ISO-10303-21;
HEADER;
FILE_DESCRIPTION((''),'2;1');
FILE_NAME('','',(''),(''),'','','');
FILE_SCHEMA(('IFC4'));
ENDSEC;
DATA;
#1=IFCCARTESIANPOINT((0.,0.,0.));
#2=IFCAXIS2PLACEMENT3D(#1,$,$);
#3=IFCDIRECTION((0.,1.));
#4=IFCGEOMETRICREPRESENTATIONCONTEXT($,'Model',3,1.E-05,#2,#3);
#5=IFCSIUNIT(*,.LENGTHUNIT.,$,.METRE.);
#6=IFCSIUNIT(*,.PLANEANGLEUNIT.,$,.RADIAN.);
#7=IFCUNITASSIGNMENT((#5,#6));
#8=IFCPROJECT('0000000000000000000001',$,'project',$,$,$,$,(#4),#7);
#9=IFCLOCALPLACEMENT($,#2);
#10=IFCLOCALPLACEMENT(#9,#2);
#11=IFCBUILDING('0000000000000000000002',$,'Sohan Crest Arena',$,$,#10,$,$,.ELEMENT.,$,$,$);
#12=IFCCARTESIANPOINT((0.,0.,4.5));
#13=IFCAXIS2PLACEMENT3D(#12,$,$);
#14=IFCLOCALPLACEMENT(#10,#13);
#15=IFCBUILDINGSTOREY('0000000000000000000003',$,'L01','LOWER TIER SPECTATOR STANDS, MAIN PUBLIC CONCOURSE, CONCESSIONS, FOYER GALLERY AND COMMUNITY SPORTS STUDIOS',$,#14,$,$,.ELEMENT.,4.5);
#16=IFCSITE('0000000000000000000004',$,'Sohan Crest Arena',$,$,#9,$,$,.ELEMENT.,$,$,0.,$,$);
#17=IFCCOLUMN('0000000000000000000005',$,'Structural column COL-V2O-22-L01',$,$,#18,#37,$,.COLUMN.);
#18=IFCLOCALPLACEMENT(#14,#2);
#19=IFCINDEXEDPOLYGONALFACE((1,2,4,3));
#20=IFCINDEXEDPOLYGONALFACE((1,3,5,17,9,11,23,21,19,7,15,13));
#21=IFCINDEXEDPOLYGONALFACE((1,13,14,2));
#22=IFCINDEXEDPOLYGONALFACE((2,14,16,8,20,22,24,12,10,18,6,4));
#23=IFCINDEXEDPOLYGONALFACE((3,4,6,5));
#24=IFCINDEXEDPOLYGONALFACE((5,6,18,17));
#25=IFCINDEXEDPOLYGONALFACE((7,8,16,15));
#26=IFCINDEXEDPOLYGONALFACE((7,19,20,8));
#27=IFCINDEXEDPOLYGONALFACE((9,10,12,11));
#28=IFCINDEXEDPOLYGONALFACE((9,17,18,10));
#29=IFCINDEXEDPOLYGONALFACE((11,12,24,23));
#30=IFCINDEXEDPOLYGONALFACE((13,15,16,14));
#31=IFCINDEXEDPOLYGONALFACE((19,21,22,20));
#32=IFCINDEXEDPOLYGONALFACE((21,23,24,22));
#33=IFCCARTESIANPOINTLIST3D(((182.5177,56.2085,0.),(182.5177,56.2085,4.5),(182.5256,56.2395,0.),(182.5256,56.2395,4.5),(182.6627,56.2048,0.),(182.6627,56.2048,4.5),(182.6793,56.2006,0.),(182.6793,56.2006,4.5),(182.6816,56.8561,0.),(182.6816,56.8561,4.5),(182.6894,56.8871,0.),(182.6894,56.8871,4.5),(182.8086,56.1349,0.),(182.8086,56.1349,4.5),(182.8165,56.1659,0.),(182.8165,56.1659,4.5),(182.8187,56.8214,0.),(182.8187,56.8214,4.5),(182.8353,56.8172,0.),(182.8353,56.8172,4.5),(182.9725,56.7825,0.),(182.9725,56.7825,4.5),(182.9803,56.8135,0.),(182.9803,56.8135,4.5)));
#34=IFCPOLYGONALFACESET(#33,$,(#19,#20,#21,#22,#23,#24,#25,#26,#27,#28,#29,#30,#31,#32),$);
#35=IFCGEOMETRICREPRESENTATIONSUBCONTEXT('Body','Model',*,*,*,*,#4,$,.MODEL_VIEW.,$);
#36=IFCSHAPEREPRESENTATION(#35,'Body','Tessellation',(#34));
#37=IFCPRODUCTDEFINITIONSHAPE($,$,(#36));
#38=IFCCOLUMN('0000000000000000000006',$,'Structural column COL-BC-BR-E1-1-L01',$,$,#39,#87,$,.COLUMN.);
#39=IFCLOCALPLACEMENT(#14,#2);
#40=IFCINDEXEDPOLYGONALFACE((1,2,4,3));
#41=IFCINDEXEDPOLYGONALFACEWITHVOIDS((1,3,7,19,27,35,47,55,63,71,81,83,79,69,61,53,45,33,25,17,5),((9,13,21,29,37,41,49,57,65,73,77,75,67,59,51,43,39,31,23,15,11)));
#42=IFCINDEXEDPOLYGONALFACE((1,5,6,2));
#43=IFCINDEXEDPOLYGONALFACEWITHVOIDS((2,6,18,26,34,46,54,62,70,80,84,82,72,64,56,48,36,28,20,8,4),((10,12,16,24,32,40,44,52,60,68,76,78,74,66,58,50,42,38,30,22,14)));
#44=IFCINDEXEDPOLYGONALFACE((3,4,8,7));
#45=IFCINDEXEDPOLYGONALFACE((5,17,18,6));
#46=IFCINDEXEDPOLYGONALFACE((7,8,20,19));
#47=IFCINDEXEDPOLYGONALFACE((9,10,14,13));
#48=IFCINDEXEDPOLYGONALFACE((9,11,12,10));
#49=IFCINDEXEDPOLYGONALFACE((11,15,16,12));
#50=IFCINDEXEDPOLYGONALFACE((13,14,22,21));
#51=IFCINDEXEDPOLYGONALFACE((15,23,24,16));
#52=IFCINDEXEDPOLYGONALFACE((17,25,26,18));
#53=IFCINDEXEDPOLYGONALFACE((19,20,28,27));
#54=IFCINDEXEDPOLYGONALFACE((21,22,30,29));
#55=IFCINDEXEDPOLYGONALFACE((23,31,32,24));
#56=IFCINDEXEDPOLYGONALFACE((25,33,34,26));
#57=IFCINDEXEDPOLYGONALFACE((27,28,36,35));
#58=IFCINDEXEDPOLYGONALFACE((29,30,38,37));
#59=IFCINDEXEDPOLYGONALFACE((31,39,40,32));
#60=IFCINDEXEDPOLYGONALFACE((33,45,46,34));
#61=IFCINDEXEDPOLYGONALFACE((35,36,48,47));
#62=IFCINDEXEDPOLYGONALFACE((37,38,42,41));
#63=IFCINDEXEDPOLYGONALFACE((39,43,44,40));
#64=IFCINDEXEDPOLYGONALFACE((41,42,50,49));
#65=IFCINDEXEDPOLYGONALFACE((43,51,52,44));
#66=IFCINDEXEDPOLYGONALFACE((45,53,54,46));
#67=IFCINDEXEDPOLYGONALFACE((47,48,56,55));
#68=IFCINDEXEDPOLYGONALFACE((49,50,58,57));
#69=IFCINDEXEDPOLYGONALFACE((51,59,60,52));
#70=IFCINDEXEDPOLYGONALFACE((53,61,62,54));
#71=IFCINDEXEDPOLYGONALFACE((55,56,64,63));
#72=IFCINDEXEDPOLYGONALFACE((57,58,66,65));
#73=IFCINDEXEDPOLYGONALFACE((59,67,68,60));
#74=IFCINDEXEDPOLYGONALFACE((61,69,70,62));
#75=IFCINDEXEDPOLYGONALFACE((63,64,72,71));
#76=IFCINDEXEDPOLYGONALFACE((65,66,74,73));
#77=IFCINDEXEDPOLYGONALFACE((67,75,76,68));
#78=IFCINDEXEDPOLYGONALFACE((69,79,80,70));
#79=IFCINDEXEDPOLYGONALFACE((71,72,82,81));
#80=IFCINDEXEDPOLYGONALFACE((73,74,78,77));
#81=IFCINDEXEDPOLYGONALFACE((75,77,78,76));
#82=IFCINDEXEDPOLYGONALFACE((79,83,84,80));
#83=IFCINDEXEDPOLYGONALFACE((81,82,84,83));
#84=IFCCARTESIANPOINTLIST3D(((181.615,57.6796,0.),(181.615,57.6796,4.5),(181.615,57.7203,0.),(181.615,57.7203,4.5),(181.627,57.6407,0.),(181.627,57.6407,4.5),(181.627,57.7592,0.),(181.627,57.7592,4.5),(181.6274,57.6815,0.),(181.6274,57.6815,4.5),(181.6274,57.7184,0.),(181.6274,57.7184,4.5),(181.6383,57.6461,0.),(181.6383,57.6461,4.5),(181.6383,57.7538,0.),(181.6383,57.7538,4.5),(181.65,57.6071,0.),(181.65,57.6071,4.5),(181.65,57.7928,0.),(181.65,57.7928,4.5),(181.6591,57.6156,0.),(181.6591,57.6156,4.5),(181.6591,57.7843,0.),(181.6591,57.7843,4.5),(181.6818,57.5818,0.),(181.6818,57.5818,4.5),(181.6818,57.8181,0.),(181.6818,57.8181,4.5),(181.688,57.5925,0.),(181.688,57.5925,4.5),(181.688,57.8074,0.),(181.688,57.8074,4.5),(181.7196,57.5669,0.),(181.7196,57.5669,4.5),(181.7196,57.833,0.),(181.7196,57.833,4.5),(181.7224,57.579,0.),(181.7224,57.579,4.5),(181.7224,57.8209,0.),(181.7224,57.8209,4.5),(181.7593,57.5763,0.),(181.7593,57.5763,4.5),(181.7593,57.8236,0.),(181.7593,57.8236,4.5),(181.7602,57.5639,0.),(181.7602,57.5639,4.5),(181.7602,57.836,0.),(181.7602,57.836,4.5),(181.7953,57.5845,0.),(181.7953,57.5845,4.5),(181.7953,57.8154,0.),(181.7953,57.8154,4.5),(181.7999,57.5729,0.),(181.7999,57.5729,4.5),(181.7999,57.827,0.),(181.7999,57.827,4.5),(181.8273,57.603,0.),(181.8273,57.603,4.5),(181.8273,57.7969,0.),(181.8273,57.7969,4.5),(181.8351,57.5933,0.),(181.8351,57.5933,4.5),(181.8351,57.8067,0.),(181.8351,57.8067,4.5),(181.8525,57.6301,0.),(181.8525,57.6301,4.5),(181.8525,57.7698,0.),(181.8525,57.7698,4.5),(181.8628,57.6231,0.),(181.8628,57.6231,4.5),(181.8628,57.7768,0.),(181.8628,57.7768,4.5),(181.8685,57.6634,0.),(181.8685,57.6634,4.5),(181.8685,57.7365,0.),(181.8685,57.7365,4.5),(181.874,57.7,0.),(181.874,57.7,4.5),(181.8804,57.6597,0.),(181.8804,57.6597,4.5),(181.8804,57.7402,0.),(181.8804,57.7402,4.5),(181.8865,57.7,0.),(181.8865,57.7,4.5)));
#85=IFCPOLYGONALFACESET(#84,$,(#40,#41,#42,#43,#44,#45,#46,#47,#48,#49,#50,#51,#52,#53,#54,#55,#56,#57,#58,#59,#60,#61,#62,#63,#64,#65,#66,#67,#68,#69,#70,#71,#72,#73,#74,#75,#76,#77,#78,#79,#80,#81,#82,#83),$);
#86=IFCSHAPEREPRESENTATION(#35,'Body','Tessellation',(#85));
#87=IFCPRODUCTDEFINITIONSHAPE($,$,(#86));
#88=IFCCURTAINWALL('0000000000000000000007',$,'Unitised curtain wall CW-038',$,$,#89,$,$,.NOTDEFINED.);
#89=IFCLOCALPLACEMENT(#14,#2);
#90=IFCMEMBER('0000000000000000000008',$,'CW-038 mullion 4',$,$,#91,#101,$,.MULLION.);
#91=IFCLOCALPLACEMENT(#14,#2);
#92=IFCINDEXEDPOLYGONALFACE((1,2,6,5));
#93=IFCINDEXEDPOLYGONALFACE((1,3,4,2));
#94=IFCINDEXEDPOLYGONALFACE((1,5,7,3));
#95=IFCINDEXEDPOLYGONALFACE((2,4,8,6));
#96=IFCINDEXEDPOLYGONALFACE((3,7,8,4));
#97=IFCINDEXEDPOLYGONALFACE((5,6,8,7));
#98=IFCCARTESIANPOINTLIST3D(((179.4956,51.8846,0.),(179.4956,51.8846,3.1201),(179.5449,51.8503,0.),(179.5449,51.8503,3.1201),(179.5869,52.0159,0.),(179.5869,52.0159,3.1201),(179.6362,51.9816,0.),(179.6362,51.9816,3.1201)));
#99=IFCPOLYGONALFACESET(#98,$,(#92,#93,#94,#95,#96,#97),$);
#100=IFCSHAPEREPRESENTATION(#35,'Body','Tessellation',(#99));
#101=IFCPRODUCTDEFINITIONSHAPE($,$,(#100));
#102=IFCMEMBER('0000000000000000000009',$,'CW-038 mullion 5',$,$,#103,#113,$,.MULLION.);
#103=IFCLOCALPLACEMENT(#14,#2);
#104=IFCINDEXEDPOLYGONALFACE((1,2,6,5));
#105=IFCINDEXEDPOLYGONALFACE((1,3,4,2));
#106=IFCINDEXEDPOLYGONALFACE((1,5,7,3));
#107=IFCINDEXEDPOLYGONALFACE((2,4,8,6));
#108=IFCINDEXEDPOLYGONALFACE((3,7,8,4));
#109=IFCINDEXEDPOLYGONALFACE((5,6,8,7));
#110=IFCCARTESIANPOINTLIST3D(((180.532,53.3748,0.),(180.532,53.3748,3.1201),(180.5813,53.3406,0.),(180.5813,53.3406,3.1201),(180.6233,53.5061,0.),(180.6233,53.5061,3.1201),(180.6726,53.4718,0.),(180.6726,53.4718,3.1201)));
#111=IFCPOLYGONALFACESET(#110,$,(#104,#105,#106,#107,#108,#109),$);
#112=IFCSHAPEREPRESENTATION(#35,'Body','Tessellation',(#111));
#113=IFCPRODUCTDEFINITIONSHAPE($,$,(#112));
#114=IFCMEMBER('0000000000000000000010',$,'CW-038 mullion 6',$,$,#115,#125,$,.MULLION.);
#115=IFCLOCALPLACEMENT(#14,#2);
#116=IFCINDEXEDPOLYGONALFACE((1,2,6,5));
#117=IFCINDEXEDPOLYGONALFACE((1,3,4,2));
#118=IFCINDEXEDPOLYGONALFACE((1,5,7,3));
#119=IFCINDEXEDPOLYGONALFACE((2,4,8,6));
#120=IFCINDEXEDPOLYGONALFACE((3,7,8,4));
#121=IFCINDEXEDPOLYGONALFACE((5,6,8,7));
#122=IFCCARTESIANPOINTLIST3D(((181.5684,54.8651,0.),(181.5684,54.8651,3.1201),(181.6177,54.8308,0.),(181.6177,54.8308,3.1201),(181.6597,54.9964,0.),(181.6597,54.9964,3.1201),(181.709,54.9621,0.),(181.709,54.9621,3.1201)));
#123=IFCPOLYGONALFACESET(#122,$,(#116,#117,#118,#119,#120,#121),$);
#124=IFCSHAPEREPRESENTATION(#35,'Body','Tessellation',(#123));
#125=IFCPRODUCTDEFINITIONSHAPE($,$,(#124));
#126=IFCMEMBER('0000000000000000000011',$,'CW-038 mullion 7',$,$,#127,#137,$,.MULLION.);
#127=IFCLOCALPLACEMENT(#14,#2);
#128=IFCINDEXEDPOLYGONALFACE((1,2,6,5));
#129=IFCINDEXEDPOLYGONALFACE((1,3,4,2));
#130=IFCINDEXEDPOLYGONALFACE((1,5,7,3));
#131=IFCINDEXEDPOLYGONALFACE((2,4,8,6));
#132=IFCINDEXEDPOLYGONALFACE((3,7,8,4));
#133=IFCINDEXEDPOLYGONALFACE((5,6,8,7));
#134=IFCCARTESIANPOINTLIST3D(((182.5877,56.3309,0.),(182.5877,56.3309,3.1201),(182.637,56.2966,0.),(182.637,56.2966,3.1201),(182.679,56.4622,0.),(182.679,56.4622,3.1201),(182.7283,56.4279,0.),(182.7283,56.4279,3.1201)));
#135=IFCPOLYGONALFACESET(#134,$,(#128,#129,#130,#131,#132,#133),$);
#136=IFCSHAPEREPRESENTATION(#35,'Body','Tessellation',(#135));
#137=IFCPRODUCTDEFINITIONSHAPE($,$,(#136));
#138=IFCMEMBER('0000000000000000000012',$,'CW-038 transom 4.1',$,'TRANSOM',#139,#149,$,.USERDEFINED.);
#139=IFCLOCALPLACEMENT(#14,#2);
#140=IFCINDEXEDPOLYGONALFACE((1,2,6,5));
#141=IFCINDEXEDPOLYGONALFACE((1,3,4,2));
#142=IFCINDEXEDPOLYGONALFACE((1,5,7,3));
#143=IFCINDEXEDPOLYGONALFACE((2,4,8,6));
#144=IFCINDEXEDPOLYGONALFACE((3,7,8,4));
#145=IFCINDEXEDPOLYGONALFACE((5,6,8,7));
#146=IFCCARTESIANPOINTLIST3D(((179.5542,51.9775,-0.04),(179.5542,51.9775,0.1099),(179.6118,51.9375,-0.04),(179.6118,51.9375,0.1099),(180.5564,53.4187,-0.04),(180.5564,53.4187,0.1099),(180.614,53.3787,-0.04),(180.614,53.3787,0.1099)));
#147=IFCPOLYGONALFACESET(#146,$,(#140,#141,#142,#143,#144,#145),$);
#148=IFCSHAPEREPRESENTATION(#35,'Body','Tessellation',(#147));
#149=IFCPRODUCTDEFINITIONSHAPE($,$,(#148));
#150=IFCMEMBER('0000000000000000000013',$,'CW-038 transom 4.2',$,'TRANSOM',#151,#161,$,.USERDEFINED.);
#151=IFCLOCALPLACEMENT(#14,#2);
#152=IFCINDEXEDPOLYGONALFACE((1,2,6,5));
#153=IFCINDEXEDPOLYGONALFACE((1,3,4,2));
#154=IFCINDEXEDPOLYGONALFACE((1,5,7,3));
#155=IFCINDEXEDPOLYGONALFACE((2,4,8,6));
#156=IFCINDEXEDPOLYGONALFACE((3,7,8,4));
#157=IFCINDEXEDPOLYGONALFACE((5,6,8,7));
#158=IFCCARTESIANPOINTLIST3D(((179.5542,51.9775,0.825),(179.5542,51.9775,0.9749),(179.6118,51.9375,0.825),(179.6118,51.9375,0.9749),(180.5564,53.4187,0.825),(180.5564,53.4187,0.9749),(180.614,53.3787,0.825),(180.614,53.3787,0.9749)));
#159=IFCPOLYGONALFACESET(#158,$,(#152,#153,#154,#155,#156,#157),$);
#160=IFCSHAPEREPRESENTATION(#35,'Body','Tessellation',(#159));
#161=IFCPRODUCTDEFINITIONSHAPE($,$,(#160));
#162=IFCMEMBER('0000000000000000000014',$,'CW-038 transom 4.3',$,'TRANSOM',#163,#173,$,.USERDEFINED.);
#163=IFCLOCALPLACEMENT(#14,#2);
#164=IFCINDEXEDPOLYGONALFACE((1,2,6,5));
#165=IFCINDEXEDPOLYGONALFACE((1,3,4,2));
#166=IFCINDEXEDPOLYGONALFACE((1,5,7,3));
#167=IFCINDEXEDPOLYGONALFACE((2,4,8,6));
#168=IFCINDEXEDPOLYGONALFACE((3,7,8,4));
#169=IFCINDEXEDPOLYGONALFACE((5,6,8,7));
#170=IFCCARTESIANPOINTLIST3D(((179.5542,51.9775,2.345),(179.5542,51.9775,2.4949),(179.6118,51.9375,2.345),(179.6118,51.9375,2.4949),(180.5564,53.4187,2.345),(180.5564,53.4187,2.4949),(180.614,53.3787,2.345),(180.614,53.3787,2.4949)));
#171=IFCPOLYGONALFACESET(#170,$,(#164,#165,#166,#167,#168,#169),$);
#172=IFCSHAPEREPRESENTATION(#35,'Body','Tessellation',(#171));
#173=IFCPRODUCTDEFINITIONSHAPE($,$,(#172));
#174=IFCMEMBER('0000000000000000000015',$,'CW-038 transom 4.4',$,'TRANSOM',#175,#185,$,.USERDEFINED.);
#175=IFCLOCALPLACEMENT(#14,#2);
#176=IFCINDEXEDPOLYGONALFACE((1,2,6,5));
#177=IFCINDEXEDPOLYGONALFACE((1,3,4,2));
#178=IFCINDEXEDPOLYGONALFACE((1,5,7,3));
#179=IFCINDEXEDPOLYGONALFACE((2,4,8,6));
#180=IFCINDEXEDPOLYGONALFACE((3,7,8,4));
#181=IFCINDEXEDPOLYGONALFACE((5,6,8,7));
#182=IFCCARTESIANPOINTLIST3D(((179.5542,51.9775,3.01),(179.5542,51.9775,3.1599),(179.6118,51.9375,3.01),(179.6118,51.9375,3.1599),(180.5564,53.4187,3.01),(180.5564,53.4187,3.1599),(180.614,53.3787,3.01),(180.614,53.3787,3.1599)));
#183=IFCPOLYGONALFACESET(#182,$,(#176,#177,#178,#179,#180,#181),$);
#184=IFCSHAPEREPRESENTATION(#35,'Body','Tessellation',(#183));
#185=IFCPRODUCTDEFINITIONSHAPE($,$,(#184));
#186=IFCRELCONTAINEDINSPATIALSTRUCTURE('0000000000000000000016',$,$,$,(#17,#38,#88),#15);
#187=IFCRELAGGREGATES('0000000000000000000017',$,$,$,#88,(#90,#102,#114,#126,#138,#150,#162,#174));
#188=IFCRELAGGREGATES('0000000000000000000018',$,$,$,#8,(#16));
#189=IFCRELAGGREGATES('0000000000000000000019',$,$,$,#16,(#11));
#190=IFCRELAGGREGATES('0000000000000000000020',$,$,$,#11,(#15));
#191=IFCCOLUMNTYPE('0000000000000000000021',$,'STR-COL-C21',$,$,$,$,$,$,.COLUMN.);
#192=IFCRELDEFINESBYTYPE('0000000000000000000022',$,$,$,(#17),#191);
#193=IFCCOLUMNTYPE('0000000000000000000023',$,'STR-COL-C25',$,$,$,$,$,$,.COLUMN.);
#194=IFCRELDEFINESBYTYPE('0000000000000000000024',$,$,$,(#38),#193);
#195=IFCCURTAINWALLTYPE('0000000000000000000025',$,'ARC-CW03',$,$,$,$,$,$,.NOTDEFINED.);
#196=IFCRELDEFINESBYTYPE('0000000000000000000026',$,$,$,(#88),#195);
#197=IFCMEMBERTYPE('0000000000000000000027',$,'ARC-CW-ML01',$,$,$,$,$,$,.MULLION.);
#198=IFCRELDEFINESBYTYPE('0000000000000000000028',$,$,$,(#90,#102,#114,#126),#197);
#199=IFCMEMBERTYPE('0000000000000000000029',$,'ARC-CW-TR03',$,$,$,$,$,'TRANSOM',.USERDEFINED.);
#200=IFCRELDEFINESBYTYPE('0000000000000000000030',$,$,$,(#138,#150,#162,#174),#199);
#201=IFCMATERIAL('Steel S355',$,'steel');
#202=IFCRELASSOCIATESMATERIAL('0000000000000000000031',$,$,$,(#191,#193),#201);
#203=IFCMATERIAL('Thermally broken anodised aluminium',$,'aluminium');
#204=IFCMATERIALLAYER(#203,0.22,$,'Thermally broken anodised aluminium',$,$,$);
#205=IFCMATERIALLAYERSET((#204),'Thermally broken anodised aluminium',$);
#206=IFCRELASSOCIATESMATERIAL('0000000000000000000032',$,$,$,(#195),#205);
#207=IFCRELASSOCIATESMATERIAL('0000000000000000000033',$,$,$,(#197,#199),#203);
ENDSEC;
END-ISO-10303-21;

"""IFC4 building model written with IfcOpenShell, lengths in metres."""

from ifc_helpers import new_model, si_unit, direction, frame, origin, origin_2d, place, context, subcontext, project, spatial, rectangle, hollow_circle, i_section, extrude, material, layer, layer_set, material_profile, profile_set, type_object, element, aggregate, save


model = new_model("IFC4")

# Units and contexts
model_context = context("Model", 3, precision=1e-05, world=origin(), true_north=direction((0.0, 1.0)))
body_context = subcontext(model_context, "Body", "Model", "MODEL_VIEW")
ifc_project = project(units=[si_unit("LENGTHUNIT", "METRE"), si_unit("PLANEANGLEUNIT", "RADIAN")], contexts=[model_context])

# Site, building, storey
site_placement = place(None, origin())
site = spatial("IfcSite", under=ifc_project, at=site_placement, Name="Sohan Crest Arena", CompositionType="ELEMENT", RefElevation=0.0)
building_placement = place(site_placement, origin())
building = spatial("IfcBuilding", under=site, at=building_placement, Name="Sohan Crest Arena", CompositionType="ELEMENT")
storey_placement = place(building_placement, frame((0.0, 0.0, 4.5)))
storey = spatial("IfcBuildingStorey", under=building, at=storey_placement, Name="L01", Description="LOWER TIER SPECTATOR STANDS, MAIN PUBLIC CONCOURSE, CONCESSIONS, FOYER GALLERY AND COMMUNITY SPORTS STUDIOS", CompositionType="ELEMENT", Elevation=4.5)

# Columns
ifc_material_1 = material(Name="Steel S355", Category="steel")
ifc_material_profile_1 = material_profile(ifc_material_1, i_section(OverallWidth=0.3, OverallDepth=0.7, WebThickness=0.0171, FlangeThickness=0.032, at=origin_2d()), Name="HEB 700")
ifc_profile_set_1 = profile_set([ifc_material_profile_1], Name="Steel S355")
column_type_1 = type_object("IfcColumnType", Name="STR-COL-C21", PredefinedType="COLUMN", material=ifc_profile_set_1)
column_1_placement = place(storey_placement, frame((182.749, 56.511, 0.0), z_axis=(0.0, 0.0, 1.0), x_axis=(-0.969445, 0.245307, 0.0)))
element("IfcColumn", 1, at=column_1_placement, inside=storey, type_object=column_type_1, Name="Structural column COL-V2O-22-L01", PredefinedType="COLUMN", context=body_context, shape_type="SweptSolid", body=[
    extrude(i_section(OverallWidth=0.3, OverallDepth=0.7, WebThickness=0.0171, FlangeThickness=0.032, at=origin_2d()), origin(), (0.0, 0.0, 1.0), 4.5),
])
ifc_material_profile_2 = material_profile(ifc_material_1, hollow_circle(Radius=0.1365, WallThickness=0.0125, at=origin_2d()), Name="CHS 273x12.5")
ifc_profile_set_2 = profile_set([ifc_material_profile_2], Name="Steel S355")
column_type_2 = type_object("IfcColumnType", Name="STR-COL-C25", PredefinedType="COLUMN", material=ifc_profile_set_2)
column_2_placement = place(storey_placement, frame((181.75, 57.7, 0.0), z_axis=(0.0, 0.0, 1.0), x_axis=(1.0, 0.0, 0.0)))
element("IfcColumn", 2, at=column_2_placement, inside=storey, type_object=column_type_2, Name="Structural column COL-BC-BR-E1-1-L01", PredefinedType="COLUMN", context=body_context, shape_type="SweptSolid", body=[
    extrude(hollow_circle(Radius=0.1365, WallThickness=0.0125, at=origin_2d()), origin(), (0.0, 0.0, 1.0), 4.5),
])

# Curtain wall, members
ifc_material_2 = material(Name="Thermally broken anodised aluminium", Category="aluminium")
ifc_layer_1 = layer(ifc_material_2, 0.22, Name="Thermally broken anodised aluminium")
ifc_layer_set_1 = layer_set([ifc_layer_1], Name="Thermally broken anodised aluminium")
curtain_wall_type = type_object("IfcCurtainWallType", Name="ARC-CW03", PredefinedType="NOTDEFINED", material=ifc_layer_set_1)
curtain_wall_placement = place(storey_placement, origin())
curtain_wall = element("IfcCurtainWall", 3, at=curtain_wall_placement, inside=storey, type_object=curtain_wall_type, Name="Unitised curtain wall CW-038", PredefinedType="NOTDEFINED")
ifc_material_profile_3 = material_profile(ifc_material_2, rectangle(XDim=0.0601, YDim=0.1599, at=origin_2d()), Name="ALU-MULL 60x160")
ifc_profile_set_3 = profile_set([ifc_material_profile_3], Name="Thermally broken anodised aluminium")
member_type_1 = type_object("IfcMemberType", Name="ARC-CW-ML01", PredefinedType="MULLION", material=ifc_profile_set_3)
member_1_placement = place(storey_placement, frame((179.5659, 51.9331, 0.0), z_axis=(0.0, 0.0, 1.0), x_axis=(-0.821014, 0.570908, 0.0)))
member_1 = element("IfcMember", 4, at=member_1_placement, type_object=member_type_1, Name="CW-038 mullion 4", PredefinedType="MULLION", context=body_context, shape_type="SweptSolid", body=[
    extrude(rectangle(XDim=0.0601, YDim=0.1599, at=origin_2d()), origin(), (0.0, 0.0, 1.0), 3.1201),
])
member_2_placement = place(storey_placement, frame((180.6023, 53.4233, 0.0), z_axis=(0.0, 0.0, 1.0), x_axis=(-0.821014, 0.570908, 0.0)))
member_2 = element("IfcMember", 5, at=member_2_placement, type_object=member_type_1, Name="CW-038 mullion 5", PredefinedType="MULLION", context=body_context, shape_type="SweptSolid", body=[
    extrude(rectangle(XDim=0.0601, YDim=0.1599, at=origin_2d()), origin(), (0.0, 0.0, 1.0), 3.1201),
])
member_3_placement = place(storey_placement, frame((181.6387, 54.9136, 0.0), z_axis=(0.0, 0.0, 1.0), x_axis=(-0.821014, 0.570908, 0.0)))
member_3 = element("IfcMember", 6, at=member_3_placement, type_object=member_type_1, Name="CW-038 mullion 6", PredefinedType="MULLION", context=body_context, shape_type="SweptSolid", body=[
    extrude(rectangle(XDim=0.0601, YDim=0.1599, at=origin_2d()), origin(), (0.0, 0.0, 1.0), 3.1201),
])
member_4_placement = place(storey_placement, frame((182.658, 56.3794, 0.0), z_axis=(0.0, 0.0, 1.0), x_axis=(-0.821014, 0.570908, 0.0)))
member_4 = element("IfcMember", 7, at=member_4_placement, type_object=member_type_1, Name="CW-038 mullion 7", PredefinedType="MULLION", context=body_context, shape_type="SweptSolid", body=[
    extrude(rectangle(XDim=0.0601, YDim=0.1599, at=origin_2d()), origin(), (0.0, 0.0, 1.0), 3.1201),
])
ifc_material_profile_4 = material_profile(ifc_material_2, rectangle(XDim=0.0701, YDim=0.1499, at=origin_2d()), Name="ALU-TRAN 70x150")
ifc_profile_set_4 = profile_set([ifc_material_profile_4], Name="Thermally broken anodised aluminium")
member_type_2 = type_object("IfcMemberType", Name="ARC-CW-TR03", ElementType="TRANSOM", PredefinedType="USERDEFINED", material=ifc_profile_set_4)
member_5_placement = place(storey_placement, frame((179.583, 51.9575, 0.0349), z_axis=(0.57093, 0.820999, 0.0), x_axis=(-0.820999, 0.57093, 0.0)))
member_5 = element("IfcMember", 8, at=member_5_placement, type_object=member_type_2, Name="CW-038 transom 4.1", ObjectType="TRANSOM", PredefinedType="USERDEFINED", context=body_context, shape_type="SweptSolid", body=[
    extrude(rectangle(XDim=0.0701, YDim=0.1499, at=origin_2d()), origin(), (0.0, 0.0, 1.0), 1.7554),
])
member_6_placement = place(storey_placement, frame((179.583, 51.9575, 0.8999), z_axis=(0.57093, 0.820999, 0.0), x_axis=(-0.820999, 0.57093, 0.0)))
member_6 = element("IfcMember", 9, at=member_6_placement, type_object=member_type_2, Name="CW-038 transom 4.2", ObjectType="TRANSOM", PredefinedType="USERDEFINED", context=body_context, shape_type="SweptSolid", body=[
    extrude(rectangle(XDim=0.0701, YDim=0.1499, at=origin_2d()), origin(), (0.0, 0.0, 1.0), 1.7554),
])
member_7_placement = place(storey_placement, frame((179.583, 51.9575, 2.4199), z_axis=(0.57093, 0.820999, 0.0), x_axis=(-0.820999, 0.57093, 0.0)))
member_7 = element("IfcMember", 10, at=member_7_placement, type_object=member_type_2, Name="CW-038 transom 4.3", ObjectType="TRANSOM", PredefinedType="USERDEFINED", context=body_context, shape_type="SweptSolid", body=[
    extrude(rectangle(XDim=0.0701, YDim=0.1499, at=origin_2d()), origin(), (0.0, 0.0, 1.0), 1.7554),
])
member_8_placement = place(storey_placement, frame((179.583, 51.9575, 3.085), z_axis=(0.57093, 0.820999, 0.0), x_axis=(-0.820999, 0.57093, 0.0)))
member_8 = element("IfcMember", 11, at=member_8_placement, type_object=member_type_2, Name="CW-038 transom 4.4", ObjectType="TRANSOM", PredefinedType="USERDEFINED", context=body_context, shape_type="SweptSolid", body=[
    extrude(rectangle(XDim=0.0701, YDim=0.1499, at=origin_2d()), origin(), (0.0, 0.0, 1.0), 1.7554),
])

aggregate(curtain_wall, [member_1, member_2, member_3, member_4, member_5, member_6, member_7, member_8])

save(model, "model.ifc")
